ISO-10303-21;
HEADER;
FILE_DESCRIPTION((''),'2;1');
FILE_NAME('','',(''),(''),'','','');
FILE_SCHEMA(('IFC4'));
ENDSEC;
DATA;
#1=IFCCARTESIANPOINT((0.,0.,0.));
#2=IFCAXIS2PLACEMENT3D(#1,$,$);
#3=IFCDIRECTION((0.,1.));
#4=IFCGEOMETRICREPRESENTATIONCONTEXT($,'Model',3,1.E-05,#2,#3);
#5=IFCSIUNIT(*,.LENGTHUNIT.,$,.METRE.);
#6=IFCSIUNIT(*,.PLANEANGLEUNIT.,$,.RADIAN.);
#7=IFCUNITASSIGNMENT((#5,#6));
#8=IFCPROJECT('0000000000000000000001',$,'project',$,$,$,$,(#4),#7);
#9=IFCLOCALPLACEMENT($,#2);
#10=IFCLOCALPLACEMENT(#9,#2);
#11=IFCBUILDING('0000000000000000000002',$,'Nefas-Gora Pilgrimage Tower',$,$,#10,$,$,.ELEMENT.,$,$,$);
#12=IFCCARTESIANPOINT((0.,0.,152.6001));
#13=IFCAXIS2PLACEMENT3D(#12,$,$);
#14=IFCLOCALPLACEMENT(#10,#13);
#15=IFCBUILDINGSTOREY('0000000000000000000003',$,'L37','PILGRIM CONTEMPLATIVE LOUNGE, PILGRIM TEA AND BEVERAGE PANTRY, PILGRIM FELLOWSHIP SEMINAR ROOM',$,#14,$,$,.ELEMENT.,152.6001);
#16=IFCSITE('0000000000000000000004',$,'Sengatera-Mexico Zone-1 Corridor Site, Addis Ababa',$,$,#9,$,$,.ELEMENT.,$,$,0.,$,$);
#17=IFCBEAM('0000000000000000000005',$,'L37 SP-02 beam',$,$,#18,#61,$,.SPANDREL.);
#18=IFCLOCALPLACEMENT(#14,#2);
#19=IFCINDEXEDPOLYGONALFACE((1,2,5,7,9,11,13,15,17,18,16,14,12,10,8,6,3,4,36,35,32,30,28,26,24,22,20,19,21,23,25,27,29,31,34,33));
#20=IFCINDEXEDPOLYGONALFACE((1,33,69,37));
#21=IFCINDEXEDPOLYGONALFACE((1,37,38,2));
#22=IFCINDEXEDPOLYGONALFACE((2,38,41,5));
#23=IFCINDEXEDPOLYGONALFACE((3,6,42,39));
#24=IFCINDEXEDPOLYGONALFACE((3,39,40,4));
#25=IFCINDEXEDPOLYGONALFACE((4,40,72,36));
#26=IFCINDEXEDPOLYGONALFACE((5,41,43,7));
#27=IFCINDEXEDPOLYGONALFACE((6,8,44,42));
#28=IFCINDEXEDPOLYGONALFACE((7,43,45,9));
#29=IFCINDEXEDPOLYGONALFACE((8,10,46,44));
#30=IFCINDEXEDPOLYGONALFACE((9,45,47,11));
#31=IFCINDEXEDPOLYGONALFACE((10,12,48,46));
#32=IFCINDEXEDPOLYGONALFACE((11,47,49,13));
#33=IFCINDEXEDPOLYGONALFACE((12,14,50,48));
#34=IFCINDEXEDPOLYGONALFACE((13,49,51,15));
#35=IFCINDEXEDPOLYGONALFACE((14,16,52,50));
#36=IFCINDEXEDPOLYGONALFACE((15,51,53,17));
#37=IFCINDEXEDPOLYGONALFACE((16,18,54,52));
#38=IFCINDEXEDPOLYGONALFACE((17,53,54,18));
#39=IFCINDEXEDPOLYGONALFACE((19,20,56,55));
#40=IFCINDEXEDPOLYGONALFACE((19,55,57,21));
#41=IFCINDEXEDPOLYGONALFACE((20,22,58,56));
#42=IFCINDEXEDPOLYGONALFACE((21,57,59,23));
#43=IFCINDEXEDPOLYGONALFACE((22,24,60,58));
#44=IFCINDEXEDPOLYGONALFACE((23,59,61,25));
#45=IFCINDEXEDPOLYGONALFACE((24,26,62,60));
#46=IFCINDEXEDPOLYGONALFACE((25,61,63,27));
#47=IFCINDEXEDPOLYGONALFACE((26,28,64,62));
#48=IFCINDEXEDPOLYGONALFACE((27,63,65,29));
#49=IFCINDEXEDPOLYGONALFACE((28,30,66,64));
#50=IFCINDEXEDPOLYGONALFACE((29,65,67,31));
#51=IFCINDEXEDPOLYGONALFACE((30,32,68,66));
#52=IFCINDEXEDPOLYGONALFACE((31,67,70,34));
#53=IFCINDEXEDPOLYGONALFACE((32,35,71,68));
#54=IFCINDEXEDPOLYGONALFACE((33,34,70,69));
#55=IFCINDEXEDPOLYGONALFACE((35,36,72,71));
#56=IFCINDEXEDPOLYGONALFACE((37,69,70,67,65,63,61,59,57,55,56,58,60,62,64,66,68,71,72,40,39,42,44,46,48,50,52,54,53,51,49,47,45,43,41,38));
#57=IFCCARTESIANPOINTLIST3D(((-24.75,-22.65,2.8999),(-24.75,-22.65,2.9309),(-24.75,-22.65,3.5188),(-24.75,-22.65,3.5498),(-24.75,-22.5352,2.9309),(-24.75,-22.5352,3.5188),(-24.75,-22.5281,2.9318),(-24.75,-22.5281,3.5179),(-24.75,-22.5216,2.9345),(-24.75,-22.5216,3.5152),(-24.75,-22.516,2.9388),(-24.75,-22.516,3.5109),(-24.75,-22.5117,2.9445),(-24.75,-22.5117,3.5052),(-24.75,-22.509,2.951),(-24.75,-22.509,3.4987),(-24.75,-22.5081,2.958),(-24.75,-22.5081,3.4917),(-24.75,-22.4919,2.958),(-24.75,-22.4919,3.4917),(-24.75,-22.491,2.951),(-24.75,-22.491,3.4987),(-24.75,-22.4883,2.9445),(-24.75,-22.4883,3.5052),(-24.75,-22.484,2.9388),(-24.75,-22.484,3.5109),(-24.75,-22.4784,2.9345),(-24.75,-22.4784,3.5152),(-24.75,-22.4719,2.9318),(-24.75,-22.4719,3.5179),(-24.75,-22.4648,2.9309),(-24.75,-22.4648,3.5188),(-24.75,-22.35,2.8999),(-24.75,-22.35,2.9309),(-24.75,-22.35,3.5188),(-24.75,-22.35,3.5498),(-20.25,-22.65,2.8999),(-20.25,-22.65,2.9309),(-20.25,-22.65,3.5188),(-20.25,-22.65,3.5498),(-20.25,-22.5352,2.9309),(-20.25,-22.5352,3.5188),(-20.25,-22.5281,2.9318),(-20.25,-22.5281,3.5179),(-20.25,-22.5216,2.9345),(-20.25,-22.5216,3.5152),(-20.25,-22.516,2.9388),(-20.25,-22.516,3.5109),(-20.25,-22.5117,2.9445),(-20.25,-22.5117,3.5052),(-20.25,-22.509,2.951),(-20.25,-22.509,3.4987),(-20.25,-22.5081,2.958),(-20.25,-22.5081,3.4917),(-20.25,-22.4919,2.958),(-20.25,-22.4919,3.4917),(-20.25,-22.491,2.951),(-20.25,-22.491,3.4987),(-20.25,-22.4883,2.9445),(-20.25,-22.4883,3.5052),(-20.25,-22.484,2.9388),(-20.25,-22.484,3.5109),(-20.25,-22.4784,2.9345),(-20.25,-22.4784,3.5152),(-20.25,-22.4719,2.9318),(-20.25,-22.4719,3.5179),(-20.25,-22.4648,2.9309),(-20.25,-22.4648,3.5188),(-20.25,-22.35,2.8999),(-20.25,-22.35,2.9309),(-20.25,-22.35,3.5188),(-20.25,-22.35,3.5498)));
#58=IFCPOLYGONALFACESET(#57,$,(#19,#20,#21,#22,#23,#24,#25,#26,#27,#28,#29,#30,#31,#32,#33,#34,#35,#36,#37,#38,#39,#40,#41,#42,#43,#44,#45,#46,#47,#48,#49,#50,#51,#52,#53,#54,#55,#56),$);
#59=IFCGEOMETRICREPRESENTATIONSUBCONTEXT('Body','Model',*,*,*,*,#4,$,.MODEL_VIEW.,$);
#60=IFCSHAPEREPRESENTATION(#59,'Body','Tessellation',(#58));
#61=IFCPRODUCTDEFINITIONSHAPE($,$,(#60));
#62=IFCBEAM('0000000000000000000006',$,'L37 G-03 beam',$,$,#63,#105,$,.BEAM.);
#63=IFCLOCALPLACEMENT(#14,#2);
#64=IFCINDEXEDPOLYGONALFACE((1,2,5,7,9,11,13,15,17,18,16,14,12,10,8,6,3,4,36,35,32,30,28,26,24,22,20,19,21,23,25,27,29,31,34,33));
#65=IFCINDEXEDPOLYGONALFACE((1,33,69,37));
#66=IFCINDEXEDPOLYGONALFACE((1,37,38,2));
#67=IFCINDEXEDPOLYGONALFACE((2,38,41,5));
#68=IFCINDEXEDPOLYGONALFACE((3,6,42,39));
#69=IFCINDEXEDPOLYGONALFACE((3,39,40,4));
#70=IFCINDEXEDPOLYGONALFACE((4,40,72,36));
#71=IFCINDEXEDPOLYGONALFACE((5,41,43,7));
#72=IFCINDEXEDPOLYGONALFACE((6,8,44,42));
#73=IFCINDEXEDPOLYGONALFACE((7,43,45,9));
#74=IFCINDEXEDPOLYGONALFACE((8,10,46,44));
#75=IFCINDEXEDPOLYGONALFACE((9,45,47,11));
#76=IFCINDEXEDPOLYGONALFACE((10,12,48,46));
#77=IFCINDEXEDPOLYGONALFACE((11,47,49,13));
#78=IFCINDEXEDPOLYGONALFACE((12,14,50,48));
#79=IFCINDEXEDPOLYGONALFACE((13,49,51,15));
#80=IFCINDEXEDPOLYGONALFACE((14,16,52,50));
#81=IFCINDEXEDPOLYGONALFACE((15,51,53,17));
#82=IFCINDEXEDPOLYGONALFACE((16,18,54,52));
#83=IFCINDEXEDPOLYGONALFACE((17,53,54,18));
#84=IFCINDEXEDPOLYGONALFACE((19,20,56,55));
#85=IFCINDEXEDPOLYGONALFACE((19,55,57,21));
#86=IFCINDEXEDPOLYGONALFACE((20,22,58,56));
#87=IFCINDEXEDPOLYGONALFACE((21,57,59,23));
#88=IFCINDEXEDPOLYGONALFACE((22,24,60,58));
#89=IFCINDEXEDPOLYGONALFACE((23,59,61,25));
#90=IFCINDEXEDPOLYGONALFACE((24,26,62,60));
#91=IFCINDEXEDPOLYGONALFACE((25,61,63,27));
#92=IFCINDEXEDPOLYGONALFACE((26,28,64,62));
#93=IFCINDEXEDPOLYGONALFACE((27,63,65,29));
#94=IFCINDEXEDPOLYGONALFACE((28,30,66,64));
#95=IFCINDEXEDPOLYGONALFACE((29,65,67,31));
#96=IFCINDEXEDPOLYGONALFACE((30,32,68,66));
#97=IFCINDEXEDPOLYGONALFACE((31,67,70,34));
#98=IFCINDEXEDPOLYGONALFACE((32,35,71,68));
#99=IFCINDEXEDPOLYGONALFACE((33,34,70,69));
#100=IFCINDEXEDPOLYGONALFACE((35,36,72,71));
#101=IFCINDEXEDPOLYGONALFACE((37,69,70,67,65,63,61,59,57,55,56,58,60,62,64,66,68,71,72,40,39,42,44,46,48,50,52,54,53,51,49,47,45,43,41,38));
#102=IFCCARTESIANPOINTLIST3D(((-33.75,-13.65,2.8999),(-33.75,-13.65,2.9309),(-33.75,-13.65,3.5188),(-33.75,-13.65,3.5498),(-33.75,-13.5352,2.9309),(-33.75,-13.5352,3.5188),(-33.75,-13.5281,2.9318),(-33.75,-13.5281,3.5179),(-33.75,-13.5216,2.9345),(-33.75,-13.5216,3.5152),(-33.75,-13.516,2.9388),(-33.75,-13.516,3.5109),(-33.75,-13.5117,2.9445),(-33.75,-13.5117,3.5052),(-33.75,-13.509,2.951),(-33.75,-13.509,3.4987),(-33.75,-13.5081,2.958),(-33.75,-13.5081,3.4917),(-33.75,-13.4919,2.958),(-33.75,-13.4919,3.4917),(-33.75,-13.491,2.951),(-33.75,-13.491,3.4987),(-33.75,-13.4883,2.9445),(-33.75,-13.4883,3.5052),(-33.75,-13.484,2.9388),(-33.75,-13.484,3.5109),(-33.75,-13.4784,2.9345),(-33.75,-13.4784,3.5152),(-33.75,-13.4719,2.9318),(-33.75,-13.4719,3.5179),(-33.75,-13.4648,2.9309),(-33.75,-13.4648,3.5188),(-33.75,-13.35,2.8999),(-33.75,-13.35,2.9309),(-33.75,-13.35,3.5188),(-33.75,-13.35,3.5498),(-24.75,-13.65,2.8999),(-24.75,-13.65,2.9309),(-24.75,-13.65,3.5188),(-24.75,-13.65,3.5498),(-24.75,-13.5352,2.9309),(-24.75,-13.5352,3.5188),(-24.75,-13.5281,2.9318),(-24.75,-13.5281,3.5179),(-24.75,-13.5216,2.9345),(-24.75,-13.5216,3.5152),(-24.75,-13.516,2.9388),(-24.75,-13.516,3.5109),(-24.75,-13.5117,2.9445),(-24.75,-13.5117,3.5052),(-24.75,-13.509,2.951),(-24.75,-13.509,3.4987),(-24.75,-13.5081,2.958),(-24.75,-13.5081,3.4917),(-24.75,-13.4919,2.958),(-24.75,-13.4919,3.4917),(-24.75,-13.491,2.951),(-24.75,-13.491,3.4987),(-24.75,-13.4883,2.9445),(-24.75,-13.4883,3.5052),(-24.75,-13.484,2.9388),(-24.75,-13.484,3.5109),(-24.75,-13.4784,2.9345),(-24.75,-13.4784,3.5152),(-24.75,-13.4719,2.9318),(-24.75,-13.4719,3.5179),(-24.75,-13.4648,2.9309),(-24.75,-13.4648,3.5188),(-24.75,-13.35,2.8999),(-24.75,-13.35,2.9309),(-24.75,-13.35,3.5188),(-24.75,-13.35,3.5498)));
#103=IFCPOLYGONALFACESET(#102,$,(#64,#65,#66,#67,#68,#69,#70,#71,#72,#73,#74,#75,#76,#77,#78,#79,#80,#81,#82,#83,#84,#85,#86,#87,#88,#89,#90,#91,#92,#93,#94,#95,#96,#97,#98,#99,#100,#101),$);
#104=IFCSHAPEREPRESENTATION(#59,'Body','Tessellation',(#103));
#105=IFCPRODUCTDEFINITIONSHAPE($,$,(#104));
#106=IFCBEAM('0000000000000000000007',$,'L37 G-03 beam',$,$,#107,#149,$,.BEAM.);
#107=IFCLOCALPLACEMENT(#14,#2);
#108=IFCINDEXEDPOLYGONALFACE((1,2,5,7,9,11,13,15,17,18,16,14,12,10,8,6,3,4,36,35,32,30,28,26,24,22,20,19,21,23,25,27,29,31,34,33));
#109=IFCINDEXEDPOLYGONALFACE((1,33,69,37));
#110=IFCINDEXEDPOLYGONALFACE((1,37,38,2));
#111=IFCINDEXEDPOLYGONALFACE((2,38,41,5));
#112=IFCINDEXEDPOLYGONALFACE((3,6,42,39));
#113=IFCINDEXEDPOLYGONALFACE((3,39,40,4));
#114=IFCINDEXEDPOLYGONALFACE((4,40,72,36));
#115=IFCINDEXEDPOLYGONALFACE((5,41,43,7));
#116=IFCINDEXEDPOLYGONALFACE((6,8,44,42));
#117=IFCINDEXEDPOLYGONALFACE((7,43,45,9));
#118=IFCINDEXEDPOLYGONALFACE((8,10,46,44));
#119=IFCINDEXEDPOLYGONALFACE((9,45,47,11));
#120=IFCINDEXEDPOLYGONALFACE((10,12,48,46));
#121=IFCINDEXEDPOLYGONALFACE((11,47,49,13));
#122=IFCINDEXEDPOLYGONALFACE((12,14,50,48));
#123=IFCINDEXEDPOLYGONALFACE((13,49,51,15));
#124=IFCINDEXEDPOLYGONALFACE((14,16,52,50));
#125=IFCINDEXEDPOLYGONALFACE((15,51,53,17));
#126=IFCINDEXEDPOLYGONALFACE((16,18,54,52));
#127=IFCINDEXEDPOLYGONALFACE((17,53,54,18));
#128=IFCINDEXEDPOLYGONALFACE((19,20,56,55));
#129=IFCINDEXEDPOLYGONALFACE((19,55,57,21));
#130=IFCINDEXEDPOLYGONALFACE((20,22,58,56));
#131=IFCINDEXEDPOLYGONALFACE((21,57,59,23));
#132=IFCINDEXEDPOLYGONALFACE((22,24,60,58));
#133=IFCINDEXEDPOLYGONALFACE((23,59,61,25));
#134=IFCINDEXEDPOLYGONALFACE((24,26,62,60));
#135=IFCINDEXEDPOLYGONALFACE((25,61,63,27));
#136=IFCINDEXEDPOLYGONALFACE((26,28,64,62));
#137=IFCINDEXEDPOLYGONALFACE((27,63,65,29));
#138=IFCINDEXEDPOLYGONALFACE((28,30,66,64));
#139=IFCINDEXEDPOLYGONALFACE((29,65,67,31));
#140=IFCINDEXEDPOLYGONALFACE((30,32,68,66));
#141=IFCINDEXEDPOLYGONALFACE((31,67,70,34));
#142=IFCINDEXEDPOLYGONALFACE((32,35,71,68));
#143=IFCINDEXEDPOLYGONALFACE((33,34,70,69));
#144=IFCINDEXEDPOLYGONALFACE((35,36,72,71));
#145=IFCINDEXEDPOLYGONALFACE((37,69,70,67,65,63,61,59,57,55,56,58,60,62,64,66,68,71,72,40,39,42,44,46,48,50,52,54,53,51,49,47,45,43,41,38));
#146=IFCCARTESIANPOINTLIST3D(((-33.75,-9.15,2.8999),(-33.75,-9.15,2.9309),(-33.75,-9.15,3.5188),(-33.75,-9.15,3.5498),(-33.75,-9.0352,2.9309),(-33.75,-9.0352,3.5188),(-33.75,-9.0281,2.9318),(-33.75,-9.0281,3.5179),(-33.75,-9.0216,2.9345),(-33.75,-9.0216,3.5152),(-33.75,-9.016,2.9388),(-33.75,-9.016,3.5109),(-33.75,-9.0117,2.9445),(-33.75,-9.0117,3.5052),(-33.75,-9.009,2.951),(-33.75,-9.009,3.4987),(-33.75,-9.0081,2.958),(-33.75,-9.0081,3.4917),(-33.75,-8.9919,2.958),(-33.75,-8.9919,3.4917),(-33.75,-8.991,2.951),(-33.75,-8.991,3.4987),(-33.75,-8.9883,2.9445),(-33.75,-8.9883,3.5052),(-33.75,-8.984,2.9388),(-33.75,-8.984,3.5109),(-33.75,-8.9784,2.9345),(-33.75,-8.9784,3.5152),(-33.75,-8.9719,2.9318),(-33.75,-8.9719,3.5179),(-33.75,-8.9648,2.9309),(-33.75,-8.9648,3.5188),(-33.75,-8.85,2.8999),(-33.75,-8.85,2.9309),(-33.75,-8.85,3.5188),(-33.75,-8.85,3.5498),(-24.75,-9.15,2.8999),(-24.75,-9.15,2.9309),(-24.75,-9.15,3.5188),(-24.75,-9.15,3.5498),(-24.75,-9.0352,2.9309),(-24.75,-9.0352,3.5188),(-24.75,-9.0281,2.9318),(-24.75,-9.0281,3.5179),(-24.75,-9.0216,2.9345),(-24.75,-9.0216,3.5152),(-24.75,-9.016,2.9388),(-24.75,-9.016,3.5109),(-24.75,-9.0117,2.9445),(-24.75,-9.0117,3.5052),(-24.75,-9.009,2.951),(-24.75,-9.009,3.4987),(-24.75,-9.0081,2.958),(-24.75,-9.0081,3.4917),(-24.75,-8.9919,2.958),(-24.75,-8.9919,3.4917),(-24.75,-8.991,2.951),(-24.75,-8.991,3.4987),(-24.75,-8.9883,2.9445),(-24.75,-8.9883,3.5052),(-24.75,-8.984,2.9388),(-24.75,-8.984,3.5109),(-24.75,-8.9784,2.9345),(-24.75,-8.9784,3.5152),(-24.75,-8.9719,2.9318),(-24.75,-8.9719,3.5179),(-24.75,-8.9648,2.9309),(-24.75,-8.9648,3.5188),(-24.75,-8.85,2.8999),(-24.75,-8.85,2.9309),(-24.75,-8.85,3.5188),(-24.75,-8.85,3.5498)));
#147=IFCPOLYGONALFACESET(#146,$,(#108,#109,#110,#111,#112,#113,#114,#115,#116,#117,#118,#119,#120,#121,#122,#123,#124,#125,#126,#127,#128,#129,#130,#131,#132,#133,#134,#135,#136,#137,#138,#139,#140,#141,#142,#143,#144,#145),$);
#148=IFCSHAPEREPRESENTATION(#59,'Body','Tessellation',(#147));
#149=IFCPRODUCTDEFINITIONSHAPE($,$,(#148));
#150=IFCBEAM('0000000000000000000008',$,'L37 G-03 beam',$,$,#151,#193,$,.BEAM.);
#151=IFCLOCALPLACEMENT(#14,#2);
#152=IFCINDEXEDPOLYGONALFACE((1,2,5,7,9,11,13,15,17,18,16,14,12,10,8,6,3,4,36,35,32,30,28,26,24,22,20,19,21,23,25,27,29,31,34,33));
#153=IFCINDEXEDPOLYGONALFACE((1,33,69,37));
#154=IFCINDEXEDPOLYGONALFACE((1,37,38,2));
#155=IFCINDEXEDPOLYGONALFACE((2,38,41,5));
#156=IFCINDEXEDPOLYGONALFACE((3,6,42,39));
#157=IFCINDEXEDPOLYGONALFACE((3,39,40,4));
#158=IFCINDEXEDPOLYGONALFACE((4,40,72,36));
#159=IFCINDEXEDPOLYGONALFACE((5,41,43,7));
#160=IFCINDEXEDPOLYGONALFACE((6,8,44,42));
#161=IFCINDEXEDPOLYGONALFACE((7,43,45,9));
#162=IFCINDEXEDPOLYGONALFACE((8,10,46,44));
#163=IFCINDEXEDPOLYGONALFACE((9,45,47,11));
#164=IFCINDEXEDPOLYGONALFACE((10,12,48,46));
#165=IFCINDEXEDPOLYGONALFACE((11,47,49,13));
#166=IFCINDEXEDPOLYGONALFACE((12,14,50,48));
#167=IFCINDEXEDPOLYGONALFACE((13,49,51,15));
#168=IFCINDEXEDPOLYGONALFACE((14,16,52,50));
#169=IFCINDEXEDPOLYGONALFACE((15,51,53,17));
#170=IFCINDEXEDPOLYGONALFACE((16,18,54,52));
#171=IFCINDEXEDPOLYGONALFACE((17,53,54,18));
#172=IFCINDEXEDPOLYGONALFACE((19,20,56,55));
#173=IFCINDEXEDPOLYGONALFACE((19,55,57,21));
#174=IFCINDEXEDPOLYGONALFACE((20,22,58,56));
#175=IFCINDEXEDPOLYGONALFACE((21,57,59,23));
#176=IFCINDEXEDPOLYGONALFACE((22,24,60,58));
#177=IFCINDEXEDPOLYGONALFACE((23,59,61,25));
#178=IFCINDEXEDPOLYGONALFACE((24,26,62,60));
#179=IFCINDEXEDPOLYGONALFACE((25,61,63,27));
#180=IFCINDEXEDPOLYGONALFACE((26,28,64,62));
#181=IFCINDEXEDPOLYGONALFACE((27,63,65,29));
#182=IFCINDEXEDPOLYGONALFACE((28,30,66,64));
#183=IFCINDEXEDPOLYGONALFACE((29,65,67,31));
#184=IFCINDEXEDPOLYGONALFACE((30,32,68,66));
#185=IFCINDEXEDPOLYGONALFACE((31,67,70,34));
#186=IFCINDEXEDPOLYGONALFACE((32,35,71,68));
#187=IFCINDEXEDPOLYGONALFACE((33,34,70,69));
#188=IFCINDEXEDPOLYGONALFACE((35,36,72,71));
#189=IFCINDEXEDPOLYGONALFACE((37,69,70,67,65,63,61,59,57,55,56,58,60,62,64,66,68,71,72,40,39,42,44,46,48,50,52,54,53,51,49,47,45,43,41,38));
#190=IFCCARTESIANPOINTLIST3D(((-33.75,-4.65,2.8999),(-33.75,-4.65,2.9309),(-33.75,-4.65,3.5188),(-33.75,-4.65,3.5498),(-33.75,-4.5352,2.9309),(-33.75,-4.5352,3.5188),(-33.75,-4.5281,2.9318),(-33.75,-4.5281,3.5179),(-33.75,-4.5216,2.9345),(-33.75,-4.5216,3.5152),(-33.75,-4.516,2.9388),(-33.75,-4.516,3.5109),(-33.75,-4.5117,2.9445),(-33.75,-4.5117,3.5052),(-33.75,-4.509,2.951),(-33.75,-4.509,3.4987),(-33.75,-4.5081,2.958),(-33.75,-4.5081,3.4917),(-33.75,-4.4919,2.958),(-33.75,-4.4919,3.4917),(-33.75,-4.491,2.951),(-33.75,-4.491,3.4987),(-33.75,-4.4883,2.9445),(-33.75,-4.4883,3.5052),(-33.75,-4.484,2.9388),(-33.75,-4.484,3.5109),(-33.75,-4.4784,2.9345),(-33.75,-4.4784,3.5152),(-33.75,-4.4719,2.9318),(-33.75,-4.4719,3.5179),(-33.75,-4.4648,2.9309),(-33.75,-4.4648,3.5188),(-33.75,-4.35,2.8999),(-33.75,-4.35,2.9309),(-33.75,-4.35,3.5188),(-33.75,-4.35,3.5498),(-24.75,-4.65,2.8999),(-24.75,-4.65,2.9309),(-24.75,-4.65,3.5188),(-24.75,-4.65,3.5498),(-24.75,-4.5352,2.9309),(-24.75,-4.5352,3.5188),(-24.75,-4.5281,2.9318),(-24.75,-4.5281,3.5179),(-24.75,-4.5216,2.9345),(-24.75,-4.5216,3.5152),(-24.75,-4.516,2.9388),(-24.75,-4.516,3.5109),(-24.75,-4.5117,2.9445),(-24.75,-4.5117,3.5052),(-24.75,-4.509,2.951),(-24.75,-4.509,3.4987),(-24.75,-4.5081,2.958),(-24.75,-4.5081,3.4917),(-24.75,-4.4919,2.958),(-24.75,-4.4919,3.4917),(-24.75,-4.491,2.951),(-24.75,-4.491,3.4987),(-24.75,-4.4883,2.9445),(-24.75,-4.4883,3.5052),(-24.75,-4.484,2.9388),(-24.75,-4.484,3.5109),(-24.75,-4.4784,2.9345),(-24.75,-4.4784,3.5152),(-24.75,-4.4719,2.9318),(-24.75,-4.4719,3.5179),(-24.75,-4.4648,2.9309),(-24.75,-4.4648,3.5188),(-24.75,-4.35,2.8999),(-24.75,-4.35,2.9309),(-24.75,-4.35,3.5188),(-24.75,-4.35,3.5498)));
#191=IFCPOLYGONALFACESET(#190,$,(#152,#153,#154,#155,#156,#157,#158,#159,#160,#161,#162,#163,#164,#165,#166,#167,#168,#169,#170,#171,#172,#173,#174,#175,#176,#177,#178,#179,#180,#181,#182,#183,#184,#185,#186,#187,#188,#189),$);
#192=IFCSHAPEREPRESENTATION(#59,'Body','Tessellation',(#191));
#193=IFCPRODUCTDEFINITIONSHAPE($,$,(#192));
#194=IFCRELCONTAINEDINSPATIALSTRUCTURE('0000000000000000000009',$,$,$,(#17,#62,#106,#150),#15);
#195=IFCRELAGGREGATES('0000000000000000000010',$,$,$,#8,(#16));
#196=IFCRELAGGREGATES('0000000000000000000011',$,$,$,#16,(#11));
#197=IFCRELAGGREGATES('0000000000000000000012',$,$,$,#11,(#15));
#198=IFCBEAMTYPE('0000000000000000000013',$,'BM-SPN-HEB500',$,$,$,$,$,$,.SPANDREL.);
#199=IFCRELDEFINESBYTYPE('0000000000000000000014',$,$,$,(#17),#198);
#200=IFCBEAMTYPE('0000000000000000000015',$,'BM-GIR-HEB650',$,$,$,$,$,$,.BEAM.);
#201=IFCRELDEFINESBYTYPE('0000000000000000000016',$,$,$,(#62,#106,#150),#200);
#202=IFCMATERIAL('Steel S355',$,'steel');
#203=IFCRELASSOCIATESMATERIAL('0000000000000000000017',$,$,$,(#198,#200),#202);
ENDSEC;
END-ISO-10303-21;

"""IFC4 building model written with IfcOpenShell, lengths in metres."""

from ifc_helpers import new_model, si_unit, direction, frame, origin, origin_2d, place, context, subcontext, project, spatial, i_section, extrude, source, transform, mapped, material, material_profile, profile_set, type_object, element, save


model = new_model("IFC4")

# Units and contexts
model_context = context("Model", 3, precision=1e-05, world=origin(), true_north=direction((0.0, 1.0)))
body_context = subcontext(model_context, "Body", "Model", "MODEL_VIEW")
ifc_project = project(units=[si_unit("LENGTHUNIT", "METRE"), si_unit("PLANEANGLEUNIT", "RADIAN")], contexts=[model_context])

# Site, building, storey
site_placement = place(None, origin())
site = spatial("IfcSite", under=ifc_project, at=site_placement, Name="Sengatera-Mexico Zone-1 Corridor Site, Addis Ababa", CompositionType="ELEMENT", RefElevation=0.0)
building_placement = place(site_placement, origin())
building = spatial("IfcBuilding", under=site, at=building_placement, Name="Nefas-Gora Pilgrimage Tower", CompositionType="ELEMENT")
storey_placement = place(building_placement, frame((0.0, 0.0, 152.6001)))
storey = spatial("IfcBuildingStorey", under=building, at=storey_placement, Name="L37", Description="PILGRIM CONTEMPLATIVE LOUNGE, PILGRIM TEA AND BEVERAGE PANTRY, PILGRIM FELLOWSHIP SEMINAR ROOM", CompositionType="ELEMENT", Elevation=152.6001)

# Beams
ifc_material_1 = material(Name="Steel S355", Category="steel")
ifc_material_profile_1 = material_profile(ifc_material_1, i_section(OverallWidth=0.3, OverallDepth=0.6499, WebThickness=0.0161, FlangeThickness=0.031, FilletRadius=0.0271, at=origin_2d()), Name="HEB 650")
ifc_profile_set_1 = profile_set([ifc_material_profile_1], Name="Steel S355")
beam_type_1 = type_object("IfcBeamType", Name="BM-SPN-HEB500", PredefinedType="SPANDREL", material=ifc_profile_set_1)
shared_shape_1 = source(origin(), body_context, "Body", "SweptSolid", [
    extrude(i_section(OverallWidth=0.3, OverallDepth=0.6499, WebThickness=0.0161, FlangeThickness=0.031, FilletRadius=0.0271, at=origin_2d()), origin(), (0.0, 0.0, 1.0), 4.5),
])
for number, where, z_axis, x_axis, name in (
    (1, (-24.75, -22.5, 3.2249), (1.0, 0.0, 0.0), (0.0, 1.0, 0.0), "L37 SP-02 beam"),
):
    element("IfcBeam", number, at=place(storey_placement, frame(where, z_axis=z_axis, x_axis=x_axis)), inside=storey, type_object=beam_type_1, Name=name, PredefinedType="SPANDREL", context=body_context, shape_type="MappedRepresentation", body=[
        mapped(shared_shape_1, transform((0.0, 0.0, 0.0), x_axis=(1.0, 0.0, 0.0), y_axis=(0.0, 1.0, 0.0), z_axis=(0.0, 0.0, 1.0), scale=1.0)),
    ])
ifc_material_profile_2 = material_profile(ifc_material_1, i_section(OverallWidth=0.3, OverallDepth=0.6499, WebThickness=0.0161, FlangeThickness=0.031, FilletRadius=0.0271, at=origin_2d()), Name="HEB 650")
ifc_profile_set_2 = profile_set([ifc_material_profile_2], Name="Steel S355")
beam_type_2 = type_object("IfcBeamType", Name="BM-GIR-HEB650", PredefinedType="BEAM", material=ifc_profile_set_2)
shared_shape_2 = source(origin(), body_context, "Body", "SweptSolid", [
    extrude(i_section(OverallWidth=0.3, OverallDepth=0.6499, WebThickness=0.0161, FlangeThickness=0.031, FilletRadius=0.0271, at=origin_2d()), origin(), (0.0, 0.0, 1.0), 9.0),
])
for number, where, z_axis, x_axis, name in (
    (2, (-33.75, -13.5, 3.2249), (1.0, 0.0, 0.0), (0.0, 1.0, 0.0), "L37 G-03 beam"),
    (3, (-33.75, -9.0, 3.2249), (1.0, 0.0, 0.0), (0.0, 1.0, 0.0), "L37 G-03 beam"),
    (4, (-33.75, -4.5, 3.2249), (1.0, 0.0, 0.0), (0.0, 1.0, 0.0), "L37 G-03 beam"),
):
    element("IfcBeam", number, at=place(storey_placement, frame(where, z_axis=z_axis, x_axis=x_axis)), inside=storey, type_object=beam_type_2, Name=name, PredefinedType="BEAM", context=body_context, shape_type="MappedRepresentation", body=[
        mapped(shared_shape_2, transform((0.0, 0.0, 0.0), x_axis=(1.0, 0.0, 0.0), y_axis=(0.0, 1.0, 0.0), z_axis=(0.0, 0.0, 1.0), scale=1.0)),
    ])

save(model, "model.ifc")
